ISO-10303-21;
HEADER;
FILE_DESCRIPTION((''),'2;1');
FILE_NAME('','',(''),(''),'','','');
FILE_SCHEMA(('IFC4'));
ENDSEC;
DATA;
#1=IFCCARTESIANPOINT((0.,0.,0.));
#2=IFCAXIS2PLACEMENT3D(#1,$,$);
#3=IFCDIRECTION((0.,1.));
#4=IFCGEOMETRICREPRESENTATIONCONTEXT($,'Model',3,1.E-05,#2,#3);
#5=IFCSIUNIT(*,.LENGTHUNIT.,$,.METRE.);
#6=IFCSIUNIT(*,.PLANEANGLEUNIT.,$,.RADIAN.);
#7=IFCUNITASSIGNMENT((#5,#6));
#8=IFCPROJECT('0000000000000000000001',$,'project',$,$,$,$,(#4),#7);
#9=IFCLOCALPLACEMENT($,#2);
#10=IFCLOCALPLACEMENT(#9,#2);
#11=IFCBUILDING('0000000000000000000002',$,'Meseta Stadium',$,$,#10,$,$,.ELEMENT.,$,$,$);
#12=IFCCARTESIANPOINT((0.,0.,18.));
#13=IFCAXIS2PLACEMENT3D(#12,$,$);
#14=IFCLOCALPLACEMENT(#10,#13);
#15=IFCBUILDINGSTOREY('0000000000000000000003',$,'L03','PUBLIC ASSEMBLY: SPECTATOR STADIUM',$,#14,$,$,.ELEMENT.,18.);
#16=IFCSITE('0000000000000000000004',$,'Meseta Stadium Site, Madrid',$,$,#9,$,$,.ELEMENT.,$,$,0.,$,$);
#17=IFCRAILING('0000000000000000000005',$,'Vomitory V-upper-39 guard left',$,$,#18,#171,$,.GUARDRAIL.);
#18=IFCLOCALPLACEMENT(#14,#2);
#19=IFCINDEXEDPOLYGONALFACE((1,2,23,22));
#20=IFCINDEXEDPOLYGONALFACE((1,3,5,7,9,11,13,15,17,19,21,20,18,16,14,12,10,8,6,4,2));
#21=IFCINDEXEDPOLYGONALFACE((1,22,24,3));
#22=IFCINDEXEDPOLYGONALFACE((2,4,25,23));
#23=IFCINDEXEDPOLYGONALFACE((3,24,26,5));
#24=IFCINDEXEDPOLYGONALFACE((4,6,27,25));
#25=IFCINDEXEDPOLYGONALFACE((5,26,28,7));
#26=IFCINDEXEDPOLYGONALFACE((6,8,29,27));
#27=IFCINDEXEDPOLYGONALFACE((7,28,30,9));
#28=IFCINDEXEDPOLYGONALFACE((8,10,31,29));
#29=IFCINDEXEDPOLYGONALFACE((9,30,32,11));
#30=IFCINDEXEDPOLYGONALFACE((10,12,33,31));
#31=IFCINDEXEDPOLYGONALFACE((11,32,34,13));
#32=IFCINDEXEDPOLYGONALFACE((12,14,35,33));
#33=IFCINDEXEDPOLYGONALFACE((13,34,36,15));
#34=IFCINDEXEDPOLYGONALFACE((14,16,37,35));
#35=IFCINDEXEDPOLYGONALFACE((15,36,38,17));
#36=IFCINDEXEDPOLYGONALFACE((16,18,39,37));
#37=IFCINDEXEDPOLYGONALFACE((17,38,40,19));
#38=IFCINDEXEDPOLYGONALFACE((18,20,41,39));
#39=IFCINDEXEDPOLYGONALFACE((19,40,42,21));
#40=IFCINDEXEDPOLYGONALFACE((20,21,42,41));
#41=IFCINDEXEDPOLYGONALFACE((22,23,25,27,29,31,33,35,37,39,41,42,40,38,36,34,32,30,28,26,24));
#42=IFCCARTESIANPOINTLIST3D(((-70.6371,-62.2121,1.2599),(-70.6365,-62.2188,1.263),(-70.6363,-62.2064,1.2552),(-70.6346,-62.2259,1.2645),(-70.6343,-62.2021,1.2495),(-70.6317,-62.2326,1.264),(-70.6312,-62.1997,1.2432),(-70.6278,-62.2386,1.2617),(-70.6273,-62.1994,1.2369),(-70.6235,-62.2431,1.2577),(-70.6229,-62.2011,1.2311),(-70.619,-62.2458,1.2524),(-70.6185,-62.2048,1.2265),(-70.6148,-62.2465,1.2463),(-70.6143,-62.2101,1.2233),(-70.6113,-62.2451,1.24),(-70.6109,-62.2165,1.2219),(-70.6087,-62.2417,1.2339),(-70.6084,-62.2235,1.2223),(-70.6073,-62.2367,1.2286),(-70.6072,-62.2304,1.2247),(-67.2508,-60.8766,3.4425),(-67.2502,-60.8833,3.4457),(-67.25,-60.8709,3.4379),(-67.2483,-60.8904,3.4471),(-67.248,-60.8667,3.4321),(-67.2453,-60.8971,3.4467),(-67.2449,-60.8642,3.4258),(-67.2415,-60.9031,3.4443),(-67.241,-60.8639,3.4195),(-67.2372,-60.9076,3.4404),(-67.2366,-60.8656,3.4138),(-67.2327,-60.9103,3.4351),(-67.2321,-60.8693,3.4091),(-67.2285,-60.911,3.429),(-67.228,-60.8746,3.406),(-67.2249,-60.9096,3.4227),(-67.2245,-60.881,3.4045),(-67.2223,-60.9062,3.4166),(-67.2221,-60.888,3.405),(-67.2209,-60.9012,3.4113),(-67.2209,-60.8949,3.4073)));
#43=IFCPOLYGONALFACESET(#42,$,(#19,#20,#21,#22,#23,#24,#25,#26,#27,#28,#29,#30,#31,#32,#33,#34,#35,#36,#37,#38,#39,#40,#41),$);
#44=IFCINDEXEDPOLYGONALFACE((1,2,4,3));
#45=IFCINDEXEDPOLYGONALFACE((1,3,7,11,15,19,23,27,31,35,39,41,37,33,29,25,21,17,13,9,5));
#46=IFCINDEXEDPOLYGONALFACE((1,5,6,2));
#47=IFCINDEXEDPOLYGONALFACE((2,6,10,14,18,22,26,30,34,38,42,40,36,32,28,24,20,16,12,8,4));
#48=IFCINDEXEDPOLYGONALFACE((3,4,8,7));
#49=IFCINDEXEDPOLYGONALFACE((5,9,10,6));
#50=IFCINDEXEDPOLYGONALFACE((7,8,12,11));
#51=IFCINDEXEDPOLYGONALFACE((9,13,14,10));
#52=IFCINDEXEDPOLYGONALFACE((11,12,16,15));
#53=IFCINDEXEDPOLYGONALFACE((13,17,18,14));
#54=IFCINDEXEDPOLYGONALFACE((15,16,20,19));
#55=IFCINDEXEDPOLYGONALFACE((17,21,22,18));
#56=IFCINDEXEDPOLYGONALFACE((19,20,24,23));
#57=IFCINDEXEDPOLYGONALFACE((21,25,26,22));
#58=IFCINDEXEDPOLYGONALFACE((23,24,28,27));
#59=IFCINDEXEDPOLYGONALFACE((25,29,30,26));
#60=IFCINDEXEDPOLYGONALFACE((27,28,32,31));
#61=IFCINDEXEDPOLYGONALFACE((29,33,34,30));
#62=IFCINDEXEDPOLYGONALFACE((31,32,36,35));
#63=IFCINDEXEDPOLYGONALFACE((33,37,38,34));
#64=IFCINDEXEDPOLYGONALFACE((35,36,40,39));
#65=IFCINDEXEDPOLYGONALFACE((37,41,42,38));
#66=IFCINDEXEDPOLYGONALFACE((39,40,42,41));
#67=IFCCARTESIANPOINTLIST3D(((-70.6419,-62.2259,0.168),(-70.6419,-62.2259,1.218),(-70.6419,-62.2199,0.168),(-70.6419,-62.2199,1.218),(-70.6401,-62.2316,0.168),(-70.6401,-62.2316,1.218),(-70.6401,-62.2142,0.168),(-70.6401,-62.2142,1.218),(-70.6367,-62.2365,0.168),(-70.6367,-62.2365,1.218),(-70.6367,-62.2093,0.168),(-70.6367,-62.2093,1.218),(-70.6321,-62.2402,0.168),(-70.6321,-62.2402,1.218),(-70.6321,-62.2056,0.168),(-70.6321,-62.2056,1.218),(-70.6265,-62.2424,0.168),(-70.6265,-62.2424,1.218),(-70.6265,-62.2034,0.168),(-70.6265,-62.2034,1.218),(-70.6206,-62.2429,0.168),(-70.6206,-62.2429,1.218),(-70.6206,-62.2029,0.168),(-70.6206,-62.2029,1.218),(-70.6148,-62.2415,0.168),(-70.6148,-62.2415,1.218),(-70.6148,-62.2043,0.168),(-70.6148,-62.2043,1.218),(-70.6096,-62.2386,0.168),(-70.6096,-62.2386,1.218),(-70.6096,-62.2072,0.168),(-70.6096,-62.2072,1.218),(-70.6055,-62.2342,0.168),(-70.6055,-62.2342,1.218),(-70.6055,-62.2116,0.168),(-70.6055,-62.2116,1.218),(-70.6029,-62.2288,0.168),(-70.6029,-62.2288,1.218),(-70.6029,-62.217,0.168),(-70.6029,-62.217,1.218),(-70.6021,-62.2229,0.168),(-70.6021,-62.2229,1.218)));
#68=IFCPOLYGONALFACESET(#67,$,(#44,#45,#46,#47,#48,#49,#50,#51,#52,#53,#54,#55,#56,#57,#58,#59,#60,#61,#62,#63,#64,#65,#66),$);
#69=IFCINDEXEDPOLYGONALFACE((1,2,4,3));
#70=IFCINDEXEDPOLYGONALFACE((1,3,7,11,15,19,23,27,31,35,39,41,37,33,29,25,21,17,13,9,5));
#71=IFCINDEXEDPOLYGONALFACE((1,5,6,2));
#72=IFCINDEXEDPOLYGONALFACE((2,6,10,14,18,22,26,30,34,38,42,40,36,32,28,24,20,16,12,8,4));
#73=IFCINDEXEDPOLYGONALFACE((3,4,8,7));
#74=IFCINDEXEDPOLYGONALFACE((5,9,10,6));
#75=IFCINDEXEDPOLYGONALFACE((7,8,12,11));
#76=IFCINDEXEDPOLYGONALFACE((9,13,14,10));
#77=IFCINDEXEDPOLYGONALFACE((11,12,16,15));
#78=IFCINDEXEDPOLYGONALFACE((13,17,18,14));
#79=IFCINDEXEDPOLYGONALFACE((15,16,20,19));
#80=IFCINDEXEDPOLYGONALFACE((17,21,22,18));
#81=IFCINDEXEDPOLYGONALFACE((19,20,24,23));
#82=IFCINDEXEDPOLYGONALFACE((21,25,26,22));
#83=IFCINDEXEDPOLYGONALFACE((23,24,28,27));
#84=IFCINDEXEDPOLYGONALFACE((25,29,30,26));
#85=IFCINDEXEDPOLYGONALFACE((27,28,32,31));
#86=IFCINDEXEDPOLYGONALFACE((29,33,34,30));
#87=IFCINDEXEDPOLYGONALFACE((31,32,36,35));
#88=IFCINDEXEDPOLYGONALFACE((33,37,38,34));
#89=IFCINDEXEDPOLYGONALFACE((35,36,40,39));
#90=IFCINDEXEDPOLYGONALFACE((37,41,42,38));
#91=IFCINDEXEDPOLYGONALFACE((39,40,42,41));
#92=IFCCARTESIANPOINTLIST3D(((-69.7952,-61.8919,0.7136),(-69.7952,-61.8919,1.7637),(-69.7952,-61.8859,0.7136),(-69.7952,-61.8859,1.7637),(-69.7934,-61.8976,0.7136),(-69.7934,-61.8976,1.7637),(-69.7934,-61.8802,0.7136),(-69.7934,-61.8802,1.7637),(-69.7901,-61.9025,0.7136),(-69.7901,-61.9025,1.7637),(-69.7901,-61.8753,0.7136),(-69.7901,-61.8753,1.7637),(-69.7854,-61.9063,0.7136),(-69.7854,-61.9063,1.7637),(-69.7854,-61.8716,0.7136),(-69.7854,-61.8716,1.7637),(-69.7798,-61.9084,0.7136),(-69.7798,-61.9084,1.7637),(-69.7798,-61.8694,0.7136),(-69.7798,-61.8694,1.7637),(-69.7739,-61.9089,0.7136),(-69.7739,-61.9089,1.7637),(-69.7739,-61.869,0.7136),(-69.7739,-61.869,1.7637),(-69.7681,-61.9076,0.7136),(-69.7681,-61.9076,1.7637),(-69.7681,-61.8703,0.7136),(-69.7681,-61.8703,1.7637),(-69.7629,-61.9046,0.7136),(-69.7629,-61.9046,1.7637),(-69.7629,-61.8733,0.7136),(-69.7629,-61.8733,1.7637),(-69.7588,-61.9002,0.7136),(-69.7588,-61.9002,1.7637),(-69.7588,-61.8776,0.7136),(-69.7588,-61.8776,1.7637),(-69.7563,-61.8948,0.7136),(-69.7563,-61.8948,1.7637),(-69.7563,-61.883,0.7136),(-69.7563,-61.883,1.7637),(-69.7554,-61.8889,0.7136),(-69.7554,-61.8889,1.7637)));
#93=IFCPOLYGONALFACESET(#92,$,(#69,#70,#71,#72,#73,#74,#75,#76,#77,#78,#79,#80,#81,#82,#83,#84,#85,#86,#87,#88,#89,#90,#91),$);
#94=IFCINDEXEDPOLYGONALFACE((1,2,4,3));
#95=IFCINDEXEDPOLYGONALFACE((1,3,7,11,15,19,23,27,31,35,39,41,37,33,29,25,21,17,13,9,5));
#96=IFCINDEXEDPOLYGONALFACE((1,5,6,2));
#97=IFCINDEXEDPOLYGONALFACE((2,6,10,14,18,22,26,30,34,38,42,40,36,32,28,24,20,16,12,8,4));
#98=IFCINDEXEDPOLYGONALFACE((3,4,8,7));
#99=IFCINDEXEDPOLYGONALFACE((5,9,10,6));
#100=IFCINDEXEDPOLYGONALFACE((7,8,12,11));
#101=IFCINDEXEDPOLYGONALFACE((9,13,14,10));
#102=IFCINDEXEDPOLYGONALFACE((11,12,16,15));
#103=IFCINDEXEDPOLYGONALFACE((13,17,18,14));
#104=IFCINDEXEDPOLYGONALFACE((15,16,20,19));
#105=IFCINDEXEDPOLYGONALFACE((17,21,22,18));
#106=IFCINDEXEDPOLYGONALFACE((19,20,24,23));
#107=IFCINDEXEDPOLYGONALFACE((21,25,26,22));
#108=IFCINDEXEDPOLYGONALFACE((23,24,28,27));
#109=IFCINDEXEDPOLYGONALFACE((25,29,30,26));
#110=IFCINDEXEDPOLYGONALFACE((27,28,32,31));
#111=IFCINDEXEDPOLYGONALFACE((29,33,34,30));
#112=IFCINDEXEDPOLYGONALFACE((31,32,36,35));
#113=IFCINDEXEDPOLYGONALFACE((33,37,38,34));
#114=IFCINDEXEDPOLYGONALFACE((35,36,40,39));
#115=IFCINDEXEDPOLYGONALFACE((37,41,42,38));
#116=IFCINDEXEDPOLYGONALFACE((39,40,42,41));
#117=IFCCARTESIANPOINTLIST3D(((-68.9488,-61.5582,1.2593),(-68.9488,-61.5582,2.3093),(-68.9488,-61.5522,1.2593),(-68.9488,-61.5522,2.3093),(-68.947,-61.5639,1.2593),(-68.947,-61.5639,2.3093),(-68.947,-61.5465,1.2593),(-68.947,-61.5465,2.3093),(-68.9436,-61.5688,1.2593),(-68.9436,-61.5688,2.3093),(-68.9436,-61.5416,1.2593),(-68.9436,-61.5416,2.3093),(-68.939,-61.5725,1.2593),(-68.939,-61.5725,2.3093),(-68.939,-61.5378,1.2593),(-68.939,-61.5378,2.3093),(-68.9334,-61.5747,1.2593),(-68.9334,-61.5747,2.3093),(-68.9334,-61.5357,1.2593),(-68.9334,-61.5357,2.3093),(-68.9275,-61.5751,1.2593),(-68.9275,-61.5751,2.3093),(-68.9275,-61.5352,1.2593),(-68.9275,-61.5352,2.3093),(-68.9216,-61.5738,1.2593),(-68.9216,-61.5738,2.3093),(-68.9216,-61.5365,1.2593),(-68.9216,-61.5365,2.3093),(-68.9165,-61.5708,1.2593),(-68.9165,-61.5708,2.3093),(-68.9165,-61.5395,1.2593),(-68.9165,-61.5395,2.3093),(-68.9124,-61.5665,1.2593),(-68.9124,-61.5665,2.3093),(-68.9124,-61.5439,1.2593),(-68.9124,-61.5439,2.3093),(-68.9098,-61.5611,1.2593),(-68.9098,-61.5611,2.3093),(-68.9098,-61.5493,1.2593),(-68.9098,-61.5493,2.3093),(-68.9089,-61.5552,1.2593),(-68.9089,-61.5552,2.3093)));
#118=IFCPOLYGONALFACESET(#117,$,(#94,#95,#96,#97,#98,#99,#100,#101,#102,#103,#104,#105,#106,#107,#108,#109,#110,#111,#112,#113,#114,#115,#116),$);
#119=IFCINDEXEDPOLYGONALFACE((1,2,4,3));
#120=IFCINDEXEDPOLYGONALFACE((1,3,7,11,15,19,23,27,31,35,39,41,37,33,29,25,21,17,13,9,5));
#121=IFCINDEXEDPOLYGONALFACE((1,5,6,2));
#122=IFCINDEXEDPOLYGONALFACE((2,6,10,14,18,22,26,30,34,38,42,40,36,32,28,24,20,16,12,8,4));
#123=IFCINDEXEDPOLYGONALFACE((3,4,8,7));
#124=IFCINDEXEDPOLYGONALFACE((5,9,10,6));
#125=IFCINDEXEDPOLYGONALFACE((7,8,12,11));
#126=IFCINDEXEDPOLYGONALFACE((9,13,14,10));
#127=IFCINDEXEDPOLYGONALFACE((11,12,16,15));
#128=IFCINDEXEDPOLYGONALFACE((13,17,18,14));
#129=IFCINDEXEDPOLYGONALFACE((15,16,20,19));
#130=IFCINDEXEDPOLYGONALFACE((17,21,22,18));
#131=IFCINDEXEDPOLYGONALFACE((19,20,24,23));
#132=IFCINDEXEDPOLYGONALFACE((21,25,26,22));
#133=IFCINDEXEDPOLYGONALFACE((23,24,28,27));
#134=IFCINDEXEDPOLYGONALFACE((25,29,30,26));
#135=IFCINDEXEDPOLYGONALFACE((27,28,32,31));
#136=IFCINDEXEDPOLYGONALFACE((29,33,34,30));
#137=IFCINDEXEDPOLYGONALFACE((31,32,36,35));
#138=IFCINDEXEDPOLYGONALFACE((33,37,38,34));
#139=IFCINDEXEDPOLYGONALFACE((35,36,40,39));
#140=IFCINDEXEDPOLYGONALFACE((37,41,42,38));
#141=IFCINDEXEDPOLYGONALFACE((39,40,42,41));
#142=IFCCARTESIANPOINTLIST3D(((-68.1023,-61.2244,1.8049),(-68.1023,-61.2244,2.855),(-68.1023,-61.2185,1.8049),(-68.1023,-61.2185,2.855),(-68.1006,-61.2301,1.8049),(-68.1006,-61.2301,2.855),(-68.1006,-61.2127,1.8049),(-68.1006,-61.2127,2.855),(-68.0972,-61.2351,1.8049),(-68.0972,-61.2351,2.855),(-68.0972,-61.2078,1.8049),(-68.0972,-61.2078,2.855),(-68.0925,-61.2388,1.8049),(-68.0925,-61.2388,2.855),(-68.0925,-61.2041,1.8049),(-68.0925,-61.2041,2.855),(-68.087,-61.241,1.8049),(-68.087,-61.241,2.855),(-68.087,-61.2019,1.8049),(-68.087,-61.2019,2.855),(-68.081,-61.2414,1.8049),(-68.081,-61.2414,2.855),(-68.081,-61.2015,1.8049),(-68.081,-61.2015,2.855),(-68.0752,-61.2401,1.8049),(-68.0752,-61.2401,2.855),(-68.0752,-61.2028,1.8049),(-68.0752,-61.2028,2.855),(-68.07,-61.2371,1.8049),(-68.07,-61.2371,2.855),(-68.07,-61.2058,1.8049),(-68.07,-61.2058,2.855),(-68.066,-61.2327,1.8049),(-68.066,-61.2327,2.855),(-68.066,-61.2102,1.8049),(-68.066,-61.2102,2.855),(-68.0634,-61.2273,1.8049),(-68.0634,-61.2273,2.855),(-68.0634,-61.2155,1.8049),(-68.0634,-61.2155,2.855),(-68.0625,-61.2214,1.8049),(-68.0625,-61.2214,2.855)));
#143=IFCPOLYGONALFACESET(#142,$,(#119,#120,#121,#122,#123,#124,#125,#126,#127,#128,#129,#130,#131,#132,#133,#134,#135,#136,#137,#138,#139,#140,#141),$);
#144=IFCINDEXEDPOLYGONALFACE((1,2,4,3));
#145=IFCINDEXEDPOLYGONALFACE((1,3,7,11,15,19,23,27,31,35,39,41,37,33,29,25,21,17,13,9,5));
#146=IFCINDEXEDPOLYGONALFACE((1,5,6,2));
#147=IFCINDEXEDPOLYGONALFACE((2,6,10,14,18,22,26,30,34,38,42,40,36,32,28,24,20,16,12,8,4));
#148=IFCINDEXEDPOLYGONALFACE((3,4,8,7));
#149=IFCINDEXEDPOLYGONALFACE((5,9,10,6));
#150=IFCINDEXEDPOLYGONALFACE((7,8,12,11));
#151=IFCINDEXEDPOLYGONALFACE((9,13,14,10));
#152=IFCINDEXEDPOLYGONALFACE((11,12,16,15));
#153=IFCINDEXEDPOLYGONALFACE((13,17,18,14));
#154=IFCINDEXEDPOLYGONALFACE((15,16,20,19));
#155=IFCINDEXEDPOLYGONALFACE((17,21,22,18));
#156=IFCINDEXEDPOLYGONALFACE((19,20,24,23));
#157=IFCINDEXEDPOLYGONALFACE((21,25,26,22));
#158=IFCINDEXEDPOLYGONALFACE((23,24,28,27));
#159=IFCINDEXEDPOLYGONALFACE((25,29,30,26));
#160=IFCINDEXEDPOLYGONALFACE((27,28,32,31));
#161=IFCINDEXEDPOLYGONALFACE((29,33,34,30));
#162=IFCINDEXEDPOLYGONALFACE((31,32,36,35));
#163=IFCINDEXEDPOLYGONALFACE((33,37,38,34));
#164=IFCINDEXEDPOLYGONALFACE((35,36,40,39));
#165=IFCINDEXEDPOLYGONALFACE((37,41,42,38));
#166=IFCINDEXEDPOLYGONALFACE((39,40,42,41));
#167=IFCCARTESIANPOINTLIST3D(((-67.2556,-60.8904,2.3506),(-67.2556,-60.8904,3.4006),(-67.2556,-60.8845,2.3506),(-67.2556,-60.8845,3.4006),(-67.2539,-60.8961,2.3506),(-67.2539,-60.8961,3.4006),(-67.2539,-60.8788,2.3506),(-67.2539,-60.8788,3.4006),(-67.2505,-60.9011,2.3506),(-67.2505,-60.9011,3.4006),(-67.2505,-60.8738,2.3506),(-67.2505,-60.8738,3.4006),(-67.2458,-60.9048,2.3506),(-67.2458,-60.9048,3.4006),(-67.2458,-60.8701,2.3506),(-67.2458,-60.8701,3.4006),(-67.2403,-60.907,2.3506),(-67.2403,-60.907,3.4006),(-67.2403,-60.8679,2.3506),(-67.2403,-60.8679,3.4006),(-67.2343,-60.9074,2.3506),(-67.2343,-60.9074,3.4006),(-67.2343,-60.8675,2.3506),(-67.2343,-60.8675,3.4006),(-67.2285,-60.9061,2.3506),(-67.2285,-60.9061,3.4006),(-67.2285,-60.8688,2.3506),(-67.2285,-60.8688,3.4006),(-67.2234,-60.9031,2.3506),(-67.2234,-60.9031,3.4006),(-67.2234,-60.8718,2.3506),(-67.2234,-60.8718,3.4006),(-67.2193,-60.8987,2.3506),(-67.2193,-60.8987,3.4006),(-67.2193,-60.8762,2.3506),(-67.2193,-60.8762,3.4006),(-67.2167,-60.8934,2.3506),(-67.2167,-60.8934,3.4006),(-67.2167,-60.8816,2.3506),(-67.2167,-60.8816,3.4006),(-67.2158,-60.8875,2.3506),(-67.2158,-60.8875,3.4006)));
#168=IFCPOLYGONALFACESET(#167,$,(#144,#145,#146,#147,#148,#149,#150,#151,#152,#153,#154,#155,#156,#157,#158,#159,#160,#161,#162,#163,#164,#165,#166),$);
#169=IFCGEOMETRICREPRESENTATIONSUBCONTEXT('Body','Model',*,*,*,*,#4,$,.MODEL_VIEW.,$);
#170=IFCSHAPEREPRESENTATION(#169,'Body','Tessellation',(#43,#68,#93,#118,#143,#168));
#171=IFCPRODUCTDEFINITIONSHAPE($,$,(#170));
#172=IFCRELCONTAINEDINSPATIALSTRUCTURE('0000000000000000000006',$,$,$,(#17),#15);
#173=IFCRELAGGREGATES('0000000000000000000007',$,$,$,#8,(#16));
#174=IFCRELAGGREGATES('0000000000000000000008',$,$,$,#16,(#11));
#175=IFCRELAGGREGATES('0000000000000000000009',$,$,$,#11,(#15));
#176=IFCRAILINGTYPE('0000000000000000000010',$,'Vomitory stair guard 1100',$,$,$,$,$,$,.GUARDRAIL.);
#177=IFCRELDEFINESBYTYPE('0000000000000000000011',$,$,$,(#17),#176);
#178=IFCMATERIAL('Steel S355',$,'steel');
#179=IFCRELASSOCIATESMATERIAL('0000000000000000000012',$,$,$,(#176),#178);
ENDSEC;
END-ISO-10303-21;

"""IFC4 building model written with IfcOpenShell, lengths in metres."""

from ifc_helpers import new_model, si_unit, direction, frame, origin, origin_2d, place, context, subcontext, project, spatial, circle, extrude, material, type_object, element, save


model = new_model("IFC4")

# Units and contexts
model_context = context("Model", 3, precision=1e-05, world=origin(), true_north=direction((0.0, 1.0)))
body_context = subcontext(model_context, "Body", "Model", "MODEL_VIEW")
ifc_project = project(units=[si_unit("LENGTHUNIT", "METRE"), si_unit("PLANEANGLEUNIT", "RADIAN")], contexts=[model_context])

# Site, building, storey
site_placement = place(None, origin())
site = spatial("IfcSite", under=ifc_project, at=site_placement, Name="Meseta Stadium Site, Madrid", CompositionType="ELEMENT", RefElevation=0.0)
building_placement = place(site_placement, origin())
building = spatial("IfcBuilding", under=site, at=building_placement, Name="Meseta Stadium", CompositionType="ELEMENT")
storey_placement = place(building_placement, frame((0.0, 0.0, 18.0)))
storey = spatial("IfcBuildingStorey", under=building, at=storey_placement, Name="L03", Description="PUBLIC ASSEMBLY: SPECTATOR STADIUM", CompositionType="ELEMENT", Elevation=18.0)

# Railing
ifc_material_1 = material(Name="Steel S355", Category="steel")
railing_type_1 = type_object("IfcRailingType", Name="Vomitory stair guard 1100", PredefinedType="GUARDRAIL", material=ifc_material_1)
for number, where, name in (
    (1, (-70.6221, -62.2229, 0.168), "Vomitory V-upper-39 guard left"),
):
    element("IfcRailing", number, at=place(storey_placement, frame(where)), inside=storey, type_object=railing_type_1, Name=name, PredefinedType="GUARDRAIL", context=body_context, shape_type="SweptSolid", body=[
        extrude(circle(Radius=0.0249, at=origin_2d()), frame((0.0, 0.0, 1.0752), z_axis=(0.797836, 0.314648, 0.514251), x_axis=(-0.366876, 0.93027, 0.0)), (0.0, 0.0, 1.0), 4.2444),
        extrude(circle(Radius=0.02, at=origin_2d()), origin(), (0.0, 0.0, 1.0), 1.05),
        extrude(circle(Radius=0.02, at=origin_2d()), frame((0.8467, 0.334, 0.5457)), (0.0, 0.0, 1.0), 1.05),
        extrude(circle(Radius=0.02, at=origin_2d()), frame((1.6931, 0.6677, 1.0913)), (0.0, 0.0, 1.0), 1.05),
        extrude(circle(Radius=0.02, at=origin_2d()), frame((2.5396, 1.0015, 1.637)), (0.0, 0.0, 1.0), 1.05),
        extrude(circle(Radius=0.02, at=origin_2d()), frame((3.3862, 1.3354, 2.1826)), (0.0, 0.0, 1.0), 1.05),
    ])

save(model, "model.ifc")
